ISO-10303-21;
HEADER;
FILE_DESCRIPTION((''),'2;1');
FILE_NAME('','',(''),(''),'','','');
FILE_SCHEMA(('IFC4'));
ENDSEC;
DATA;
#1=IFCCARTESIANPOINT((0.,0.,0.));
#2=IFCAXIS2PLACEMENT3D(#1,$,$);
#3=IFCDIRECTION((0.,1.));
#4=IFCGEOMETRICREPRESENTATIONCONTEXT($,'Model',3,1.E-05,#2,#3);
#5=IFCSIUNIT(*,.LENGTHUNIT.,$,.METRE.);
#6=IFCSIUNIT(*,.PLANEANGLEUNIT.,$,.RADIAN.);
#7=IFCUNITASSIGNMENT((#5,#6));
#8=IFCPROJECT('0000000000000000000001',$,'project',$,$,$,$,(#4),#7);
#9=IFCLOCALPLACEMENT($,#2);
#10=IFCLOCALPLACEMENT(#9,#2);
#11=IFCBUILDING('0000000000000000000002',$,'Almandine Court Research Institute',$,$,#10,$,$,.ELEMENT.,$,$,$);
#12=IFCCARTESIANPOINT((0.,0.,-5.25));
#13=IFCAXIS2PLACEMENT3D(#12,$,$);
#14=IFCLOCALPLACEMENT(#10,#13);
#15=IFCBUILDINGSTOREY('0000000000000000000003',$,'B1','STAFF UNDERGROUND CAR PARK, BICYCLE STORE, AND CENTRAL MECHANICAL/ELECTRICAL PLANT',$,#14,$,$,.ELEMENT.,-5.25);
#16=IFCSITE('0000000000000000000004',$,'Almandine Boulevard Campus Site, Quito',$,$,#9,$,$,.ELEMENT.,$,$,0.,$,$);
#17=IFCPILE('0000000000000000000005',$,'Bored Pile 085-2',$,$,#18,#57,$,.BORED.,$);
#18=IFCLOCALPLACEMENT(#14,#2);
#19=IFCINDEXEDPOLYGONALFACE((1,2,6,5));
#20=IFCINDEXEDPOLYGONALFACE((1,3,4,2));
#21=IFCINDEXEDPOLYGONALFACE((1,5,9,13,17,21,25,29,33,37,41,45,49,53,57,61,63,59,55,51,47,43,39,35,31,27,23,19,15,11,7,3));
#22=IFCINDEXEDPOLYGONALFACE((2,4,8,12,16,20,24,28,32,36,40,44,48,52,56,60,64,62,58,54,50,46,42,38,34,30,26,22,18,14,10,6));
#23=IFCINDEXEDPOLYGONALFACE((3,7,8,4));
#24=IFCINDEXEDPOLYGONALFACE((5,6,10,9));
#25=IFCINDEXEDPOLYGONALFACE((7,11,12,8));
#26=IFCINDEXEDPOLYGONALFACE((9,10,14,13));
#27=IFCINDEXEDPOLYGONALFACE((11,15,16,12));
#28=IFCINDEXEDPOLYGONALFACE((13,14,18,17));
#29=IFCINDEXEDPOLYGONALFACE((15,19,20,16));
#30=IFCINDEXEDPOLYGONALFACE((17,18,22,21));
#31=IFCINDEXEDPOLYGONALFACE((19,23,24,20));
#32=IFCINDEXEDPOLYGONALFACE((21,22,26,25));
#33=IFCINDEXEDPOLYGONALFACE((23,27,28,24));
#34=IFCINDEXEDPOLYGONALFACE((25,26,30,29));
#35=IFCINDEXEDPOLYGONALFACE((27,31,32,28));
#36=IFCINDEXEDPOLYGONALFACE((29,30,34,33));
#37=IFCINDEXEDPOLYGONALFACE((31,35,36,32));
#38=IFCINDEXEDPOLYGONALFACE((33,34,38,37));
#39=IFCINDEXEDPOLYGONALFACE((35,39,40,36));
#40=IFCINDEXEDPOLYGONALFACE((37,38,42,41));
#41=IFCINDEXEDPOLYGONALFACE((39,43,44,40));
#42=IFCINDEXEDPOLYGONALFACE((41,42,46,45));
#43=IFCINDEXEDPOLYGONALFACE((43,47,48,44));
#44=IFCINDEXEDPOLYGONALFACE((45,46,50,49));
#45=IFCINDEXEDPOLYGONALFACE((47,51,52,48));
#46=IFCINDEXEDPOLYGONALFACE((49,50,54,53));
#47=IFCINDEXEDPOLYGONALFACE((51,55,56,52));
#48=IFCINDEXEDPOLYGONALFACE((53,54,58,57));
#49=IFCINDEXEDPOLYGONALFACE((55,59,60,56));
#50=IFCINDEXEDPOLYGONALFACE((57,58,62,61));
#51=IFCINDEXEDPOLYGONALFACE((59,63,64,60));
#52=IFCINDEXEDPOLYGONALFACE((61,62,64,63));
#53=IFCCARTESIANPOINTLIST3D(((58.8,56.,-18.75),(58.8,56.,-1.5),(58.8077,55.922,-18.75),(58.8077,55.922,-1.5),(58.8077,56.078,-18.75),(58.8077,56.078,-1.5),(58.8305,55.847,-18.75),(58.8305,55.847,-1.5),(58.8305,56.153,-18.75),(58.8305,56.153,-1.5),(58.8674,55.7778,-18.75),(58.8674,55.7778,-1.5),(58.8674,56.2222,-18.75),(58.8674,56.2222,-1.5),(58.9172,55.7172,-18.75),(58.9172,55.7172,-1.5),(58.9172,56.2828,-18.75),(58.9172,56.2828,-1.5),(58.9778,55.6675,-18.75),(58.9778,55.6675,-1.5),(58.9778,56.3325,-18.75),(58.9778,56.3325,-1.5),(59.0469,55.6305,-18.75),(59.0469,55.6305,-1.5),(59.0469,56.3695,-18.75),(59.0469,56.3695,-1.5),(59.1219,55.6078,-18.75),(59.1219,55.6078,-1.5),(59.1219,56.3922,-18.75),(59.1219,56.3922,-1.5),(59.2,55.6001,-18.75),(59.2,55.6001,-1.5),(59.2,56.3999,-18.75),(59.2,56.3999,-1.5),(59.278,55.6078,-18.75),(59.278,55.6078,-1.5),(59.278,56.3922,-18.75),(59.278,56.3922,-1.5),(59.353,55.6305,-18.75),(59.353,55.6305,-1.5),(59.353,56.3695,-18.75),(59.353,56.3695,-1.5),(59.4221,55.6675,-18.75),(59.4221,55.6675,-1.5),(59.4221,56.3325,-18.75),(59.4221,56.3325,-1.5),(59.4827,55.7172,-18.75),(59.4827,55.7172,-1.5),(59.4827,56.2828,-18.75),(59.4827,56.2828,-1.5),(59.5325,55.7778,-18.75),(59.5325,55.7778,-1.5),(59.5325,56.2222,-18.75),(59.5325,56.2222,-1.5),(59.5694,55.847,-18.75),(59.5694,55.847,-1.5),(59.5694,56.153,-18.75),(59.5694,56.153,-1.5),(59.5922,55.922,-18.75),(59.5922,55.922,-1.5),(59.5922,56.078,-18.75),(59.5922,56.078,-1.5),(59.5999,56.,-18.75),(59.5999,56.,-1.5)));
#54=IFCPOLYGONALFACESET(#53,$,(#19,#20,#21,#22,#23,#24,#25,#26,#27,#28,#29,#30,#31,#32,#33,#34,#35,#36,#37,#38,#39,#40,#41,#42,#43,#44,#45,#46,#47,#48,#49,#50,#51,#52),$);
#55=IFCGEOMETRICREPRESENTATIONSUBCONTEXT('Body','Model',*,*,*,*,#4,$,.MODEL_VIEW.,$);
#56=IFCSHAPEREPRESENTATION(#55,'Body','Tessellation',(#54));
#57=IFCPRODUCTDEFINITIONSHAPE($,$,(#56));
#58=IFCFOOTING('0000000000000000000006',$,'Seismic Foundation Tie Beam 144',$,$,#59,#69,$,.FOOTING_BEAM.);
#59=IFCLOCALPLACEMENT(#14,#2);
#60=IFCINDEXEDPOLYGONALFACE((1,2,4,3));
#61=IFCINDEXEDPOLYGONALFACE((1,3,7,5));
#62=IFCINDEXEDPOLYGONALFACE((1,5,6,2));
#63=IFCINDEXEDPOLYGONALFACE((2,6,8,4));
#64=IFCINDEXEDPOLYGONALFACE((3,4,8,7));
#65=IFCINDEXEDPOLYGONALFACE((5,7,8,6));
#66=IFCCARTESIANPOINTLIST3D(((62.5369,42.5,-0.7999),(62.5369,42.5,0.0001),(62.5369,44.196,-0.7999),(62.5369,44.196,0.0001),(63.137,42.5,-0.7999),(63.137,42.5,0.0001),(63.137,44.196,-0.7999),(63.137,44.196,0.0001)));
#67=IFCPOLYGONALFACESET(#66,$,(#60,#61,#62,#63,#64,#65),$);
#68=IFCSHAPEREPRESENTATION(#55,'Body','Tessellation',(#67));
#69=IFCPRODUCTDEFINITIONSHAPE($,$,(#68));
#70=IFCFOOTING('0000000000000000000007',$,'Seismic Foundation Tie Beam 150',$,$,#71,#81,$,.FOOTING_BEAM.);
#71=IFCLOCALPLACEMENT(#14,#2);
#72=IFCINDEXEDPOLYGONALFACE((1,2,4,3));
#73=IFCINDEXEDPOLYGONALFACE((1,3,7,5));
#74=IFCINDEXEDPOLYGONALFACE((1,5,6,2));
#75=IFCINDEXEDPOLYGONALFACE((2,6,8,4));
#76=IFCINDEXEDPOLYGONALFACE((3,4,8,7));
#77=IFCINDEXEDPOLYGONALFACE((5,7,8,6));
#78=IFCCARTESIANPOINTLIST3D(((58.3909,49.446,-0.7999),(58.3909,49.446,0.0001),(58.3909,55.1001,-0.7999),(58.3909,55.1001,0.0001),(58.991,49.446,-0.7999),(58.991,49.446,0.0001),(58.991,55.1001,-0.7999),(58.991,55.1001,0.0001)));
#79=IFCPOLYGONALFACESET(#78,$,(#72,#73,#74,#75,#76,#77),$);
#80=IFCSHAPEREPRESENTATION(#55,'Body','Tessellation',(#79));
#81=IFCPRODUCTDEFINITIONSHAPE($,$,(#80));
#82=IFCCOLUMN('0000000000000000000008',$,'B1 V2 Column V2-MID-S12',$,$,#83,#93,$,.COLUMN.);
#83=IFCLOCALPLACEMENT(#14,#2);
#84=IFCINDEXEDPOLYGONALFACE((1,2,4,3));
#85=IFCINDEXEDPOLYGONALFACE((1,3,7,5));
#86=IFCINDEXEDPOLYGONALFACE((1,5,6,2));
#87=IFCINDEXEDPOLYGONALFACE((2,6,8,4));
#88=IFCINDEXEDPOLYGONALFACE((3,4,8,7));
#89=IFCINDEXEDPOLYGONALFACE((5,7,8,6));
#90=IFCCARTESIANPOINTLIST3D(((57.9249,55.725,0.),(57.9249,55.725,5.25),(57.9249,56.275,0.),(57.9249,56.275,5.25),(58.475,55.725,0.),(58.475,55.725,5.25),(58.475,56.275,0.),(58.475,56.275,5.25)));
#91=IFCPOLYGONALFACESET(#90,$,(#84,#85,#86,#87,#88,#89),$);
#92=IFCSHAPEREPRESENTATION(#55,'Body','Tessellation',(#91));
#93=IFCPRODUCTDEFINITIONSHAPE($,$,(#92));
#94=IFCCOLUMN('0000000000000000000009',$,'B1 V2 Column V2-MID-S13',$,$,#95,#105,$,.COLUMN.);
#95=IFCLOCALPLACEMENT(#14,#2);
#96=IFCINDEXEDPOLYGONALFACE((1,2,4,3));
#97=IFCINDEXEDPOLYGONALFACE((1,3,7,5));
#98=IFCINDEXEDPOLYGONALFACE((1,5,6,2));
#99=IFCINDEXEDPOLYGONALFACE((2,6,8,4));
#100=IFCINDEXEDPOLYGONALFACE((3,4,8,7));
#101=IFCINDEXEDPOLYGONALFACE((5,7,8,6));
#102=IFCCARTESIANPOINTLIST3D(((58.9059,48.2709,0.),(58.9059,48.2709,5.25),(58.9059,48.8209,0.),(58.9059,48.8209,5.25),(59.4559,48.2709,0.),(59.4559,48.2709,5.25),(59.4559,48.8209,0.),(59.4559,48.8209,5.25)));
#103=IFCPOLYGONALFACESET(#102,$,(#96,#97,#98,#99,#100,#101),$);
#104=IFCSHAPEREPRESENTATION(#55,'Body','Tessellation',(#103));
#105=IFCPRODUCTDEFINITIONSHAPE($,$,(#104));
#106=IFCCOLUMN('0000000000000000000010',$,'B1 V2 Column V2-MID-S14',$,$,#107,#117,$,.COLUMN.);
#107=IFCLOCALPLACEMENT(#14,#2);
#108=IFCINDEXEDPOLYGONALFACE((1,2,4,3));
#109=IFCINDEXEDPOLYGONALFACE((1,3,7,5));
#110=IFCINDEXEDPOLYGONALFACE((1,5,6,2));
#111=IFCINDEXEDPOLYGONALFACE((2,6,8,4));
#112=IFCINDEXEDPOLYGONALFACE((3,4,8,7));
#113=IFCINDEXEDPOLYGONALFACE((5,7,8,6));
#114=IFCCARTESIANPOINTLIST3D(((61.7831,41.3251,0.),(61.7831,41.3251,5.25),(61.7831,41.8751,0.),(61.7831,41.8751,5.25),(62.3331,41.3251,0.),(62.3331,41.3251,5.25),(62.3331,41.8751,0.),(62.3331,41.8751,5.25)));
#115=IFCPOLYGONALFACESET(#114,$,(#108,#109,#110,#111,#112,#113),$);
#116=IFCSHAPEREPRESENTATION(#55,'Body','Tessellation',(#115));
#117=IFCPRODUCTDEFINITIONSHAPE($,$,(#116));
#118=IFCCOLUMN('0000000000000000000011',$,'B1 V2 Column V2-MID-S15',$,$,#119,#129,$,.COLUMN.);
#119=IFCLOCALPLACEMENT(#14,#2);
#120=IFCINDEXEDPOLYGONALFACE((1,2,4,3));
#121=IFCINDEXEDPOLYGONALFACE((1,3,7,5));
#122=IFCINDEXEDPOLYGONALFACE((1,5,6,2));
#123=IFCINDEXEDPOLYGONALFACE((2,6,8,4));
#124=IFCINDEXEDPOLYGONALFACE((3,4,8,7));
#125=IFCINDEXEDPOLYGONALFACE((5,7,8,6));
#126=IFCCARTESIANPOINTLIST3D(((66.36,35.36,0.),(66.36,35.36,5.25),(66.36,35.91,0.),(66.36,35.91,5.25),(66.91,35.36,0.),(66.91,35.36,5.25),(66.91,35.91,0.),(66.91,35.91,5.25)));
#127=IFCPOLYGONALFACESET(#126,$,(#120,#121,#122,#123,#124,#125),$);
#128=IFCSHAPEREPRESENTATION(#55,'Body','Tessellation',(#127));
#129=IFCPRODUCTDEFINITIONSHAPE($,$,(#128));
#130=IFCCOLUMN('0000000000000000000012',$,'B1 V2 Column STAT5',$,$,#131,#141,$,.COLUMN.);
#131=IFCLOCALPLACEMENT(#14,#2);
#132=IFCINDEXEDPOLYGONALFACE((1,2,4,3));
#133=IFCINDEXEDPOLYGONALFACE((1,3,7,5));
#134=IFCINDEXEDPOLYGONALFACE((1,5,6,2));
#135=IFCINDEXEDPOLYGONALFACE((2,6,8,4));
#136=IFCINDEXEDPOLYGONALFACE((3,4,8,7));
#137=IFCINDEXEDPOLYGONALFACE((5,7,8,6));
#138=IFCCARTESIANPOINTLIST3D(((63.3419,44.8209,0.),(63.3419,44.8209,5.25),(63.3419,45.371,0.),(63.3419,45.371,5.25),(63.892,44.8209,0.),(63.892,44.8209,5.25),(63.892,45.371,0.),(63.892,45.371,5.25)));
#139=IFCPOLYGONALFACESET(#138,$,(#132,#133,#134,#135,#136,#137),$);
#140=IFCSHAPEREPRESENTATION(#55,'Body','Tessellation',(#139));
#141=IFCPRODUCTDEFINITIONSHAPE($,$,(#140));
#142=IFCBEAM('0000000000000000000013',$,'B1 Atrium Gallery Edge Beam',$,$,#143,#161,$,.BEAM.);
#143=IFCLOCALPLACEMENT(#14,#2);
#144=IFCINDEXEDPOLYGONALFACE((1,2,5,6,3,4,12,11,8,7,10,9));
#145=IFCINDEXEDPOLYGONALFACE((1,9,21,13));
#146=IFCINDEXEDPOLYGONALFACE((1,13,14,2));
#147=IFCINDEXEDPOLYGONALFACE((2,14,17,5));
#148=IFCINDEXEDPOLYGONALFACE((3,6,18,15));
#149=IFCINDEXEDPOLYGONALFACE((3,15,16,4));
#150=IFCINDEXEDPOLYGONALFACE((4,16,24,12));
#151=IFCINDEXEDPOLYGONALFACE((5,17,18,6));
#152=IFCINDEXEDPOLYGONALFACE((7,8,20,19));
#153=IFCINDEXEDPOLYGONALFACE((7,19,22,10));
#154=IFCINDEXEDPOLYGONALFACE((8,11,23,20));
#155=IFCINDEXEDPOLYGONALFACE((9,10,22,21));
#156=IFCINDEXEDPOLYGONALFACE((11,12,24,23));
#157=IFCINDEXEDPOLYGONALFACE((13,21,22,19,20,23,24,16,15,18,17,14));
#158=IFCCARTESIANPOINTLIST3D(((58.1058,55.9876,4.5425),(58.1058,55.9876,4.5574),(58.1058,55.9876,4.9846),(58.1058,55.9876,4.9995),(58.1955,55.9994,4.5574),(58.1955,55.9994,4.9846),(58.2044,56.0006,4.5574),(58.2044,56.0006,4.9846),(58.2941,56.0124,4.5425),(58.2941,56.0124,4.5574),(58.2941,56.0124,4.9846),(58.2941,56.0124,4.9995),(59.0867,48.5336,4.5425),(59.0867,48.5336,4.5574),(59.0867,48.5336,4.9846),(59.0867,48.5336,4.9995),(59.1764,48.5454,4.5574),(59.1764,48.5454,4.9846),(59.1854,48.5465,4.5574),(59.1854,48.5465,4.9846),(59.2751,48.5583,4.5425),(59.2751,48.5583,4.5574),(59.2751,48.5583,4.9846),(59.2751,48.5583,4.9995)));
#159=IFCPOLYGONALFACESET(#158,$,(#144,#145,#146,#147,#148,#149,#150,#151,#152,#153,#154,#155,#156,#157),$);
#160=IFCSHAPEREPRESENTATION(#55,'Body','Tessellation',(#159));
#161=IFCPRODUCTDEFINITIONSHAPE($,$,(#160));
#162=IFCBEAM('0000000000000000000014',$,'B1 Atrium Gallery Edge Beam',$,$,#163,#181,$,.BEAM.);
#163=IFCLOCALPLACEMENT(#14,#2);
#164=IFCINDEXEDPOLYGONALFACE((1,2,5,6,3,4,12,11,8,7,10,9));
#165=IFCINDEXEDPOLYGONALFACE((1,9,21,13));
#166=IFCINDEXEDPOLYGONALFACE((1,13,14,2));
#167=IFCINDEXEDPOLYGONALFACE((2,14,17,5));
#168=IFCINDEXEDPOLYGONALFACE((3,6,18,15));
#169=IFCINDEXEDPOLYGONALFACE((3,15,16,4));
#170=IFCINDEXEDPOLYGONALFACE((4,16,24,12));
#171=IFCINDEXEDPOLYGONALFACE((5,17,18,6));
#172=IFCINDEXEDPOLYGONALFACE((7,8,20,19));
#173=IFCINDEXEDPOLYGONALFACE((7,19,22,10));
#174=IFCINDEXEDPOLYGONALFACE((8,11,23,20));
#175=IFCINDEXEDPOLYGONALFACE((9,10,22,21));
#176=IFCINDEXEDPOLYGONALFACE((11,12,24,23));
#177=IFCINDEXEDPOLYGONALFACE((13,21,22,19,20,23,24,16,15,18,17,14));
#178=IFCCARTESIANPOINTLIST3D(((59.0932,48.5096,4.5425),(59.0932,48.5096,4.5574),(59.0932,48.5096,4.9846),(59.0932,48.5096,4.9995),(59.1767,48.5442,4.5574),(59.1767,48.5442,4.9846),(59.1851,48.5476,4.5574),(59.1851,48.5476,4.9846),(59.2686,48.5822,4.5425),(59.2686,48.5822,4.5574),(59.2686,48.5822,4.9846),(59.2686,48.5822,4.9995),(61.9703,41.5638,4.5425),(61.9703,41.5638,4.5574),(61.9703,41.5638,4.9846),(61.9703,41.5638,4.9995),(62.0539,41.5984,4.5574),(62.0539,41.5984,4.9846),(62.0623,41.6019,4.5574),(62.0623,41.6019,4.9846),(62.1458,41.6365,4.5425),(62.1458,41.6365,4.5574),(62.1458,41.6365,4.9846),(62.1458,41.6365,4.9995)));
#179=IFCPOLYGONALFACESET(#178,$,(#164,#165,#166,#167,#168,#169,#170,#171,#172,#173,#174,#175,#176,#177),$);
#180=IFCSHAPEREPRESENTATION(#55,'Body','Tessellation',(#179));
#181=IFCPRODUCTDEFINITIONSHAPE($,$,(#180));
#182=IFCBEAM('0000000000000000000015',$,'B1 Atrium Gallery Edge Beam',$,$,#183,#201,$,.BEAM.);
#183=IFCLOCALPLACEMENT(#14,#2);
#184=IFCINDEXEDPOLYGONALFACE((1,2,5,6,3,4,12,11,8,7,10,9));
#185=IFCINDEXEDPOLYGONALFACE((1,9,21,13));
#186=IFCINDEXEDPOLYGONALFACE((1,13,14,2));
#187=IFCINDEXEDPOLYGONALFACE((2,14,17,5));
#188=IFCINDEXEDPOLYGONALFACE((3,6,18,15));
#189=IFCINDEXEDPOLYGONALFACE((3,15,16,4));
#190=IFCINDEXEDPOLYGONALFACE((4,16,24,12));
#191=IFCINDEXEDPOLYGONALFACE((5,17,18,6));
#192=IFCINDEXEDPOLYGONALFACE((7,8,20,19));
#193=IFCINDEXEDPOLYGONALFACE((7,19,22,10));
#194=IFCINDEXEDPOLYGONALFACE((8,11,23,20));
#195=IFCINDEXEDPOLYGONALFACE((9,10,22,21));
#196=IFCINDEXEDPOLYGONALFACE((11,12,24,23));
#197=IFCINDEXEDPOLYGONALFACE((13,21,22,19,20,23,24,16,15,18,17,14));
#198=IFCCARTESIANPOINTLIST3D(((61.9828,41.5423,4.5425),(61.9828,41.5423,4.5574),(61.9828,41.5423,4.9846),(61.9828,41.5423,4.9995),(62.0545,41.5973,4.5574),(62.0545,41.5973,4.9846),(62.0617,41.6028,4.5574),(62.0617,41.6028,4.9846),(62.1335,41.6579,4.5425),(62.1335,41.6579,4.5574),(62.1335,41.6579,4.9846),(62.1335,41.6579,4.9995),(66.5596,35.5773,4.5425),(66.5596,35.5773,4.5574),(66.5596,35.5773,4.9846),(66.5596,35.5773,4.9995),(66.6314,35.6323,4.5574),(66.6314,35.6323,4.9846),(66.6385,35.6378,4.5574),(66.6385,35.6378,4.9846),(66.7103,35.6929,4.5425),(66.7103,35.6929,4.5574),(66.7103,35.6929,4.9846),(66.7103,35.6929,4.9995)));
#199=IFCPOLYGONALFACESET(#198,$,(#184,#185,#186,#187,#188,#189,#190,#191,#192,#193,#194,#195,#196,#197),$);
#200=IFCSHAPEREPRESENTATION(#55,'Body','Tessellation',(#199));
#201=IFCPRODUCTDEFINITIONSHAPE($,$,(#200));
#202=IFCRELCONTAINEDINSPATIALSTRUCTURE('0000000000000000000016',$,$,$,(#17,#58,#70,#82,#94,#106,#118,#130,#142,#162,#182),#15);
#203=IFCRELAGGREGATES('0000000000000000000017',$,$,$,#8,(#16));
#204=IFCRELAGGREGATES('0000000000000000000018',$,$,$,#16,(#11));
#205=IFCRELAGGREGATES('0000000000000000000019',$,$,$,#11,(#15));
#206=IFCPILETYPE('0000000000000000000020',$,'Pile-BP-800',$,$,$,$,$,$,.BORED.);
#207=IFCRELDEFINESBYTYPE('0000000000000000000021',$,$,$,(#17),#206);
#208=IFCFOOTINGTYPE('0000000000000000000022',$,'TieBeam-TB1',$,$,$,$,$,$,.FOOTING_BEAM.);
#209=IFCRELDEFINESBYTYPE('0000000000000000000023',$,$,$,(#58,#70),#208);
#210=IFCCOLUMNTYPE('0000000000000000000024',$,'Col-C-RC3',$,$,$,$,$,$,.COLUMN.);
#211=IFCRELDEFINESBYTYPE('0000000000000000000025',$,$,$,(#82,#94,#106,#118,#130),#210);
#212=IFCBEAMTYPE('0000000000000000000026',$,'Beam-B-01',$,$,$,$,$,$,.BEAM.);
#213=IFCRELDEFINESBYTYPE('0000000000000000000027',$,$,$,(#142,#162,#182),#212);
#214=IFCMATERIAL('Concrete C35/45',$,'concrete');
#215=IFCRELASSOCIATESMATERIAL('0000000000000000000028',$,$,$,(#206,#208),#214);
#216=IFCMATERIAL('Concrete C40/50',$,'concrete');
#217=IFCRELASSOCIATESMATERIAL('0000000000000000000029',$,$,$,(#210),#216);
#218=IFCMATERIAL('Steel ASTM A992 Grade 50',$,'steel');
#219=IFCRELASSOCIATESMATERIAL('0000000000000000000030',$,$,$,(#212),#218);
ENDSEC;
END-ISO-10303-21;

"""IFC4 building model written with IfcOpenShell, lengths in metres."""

from ifc_helpers import new_model, si_unit, direction, frame, origin, origin_2d, place, context, subcontext, project, spatial, rectangle, circle, i_section, extrude, material, material_profile, profile_set, type_object, element, save


model = new_model("IFC4")

# Units and contexts
model_context = context("Model", 3, precision=1e-05, world=origin(), true_north=direction((0.0, 1.0)))
body_context = subcontext(model_context, "Body", "Model", "MODEL_VIEW")
ifc_project = project(units=[si_unit("LENGTHUNIT", "METRE"), si_unit("PLANEANGLEUNIT", "RADIAN")], contexts=[model_context])

# Site, building, storey
site_placement = place(None, origin())
site = spatial("IfcSite", under=ifc_project, at=site_placement, Name="Almandine Boulevard Campus Site, Quito", CompositionType="ELEMENT", RefElevation=0.0)
building_placement = place(site_placement, origin())
building = spatial("IfcBuilding", under=site, at=building_placement, Name="Almandine Court Research Institute", CompositionType="ELEMENT")
storey_placement = place(building_placement, frame((0.0, 0.0, -5.25)))
storey = spatial("IfcBuildingStorey", under=building, at=storey_placement, Name="B1", Description="STAFF UNDERGROUND CAR PARK, BICYCLE STORE, AND CENTRAL MECHANICAL/ELECTRICAL PLANT", CompositionType="ELEMENT", Elevation=-5.25)

# Shared definitions
ifc_material_1 = material(Name="Concrete C35/45", Category="concrete")

# Pile
ifc_material_profile_1 = material_profile(ifc_material_1, circle(Radius=0.3999, at=origin_2d()), Name="BORED PILE D800")
ifc_profile_set_1 = profile_set([ifc_material_profile_1], Name="Concrete C35/45")
pile_type = type_object("IfcPileType", Name="Pile-BP-800", PredefinedType="BORED", material=ifc_profile_set_1)
for number, where, z_axis, x_axis, name in (
    (1, (59.2, 56.0, -1.5), (0.0, 0.0, -1.0), (1.0, 0.0, 0.0), "Bored Pile 085-2"),
):
    element("IfcPile", number, at=place(storey_placement, frame(where, z_axis=z_axis, x_axis=x_axis)), inside=storey, type_object=pile_type, Name=name, PredefinedType="BORED", context=body_context, shape_type="SweptSolid", body=[
        extrude(circle(Radius=0.3999, at=origin_2d()), origin(), (0.0, 0.0, 1.0), 17.25),
    ])

# Footings
ifc_material_profile_2 = material_profile(ifc_material_1, rectangle(XDim=0.6001, YDim=0.8, at=origin_2d()), Name="RC TIE 600x800")
ifc_profile_set_2 = profile_set([ifc_material_profile_2], Name="Concrete C35/45")
footing_type_1 = type_object("IfcFootingType", Name="TieBeam-TB1", PredefinedType="FOOTING_BEAM", material=ifc_profile_set_2)
footing_1_placement = place(storey_placement, frame((62.8369, 42.5, -0.3999), z_axis=(0.0, 1.0, 0.0), x_axis=(-1.0, 0.0, 0.0)))
element("IfcFooting", 2, at=footing_1_placement, inside=storey, type_object=footing_type_1, Name="Seismic Foundation Tie Beam 144", PredefinedType="FOOTING_BEAM", context=body_context, shape_type="SweptSolid", body=[
    extrude(rectangle(XDim=0.6001, YDim=0.8, at=origin_2d()), origin(), (0.0, 0.0, 1.0), 1.696),
])
footing_2_placement = place(storey_placement, frame((58.6909, 49.446, -0.3999), z_axis=(0.0, 1.0, 0.0), x_axis=(-1.0, 0.0, 0.0)))
element("IfcFooting", 3, at=footing_2_placement, inside=storey, type_object=footing_type_1, Name="Seismic Foundation Tie Beam 150", PredefinedType="FOOTING_BEAM", context=body_context, shape_type="SweptSolid", body=[
    extrude(rectangle(XDim=0.6001, YDim=0.8, at=origin_2d()), origin(), (0.0, 0.0, 1.0), 5.6541),
])

# Columns
ifc_material_2 = material(Name="Concrete C40/50", Category="concrete")
ifc_material_profile_3 = material_profile(ifc_material_2, rectangle(XDim=0.55, YDim=0.55, at=origin_2d()), Name="RC 550x550")
ifc_profile_set_3 = profile_set([ifc_material_profile_3], Name="Concrete C40/50")
column_type = type_object("IfcColumnType", Name="Col-C-RC3", PredefinedType="COLUMN", material=ifc_profile_set_3)
for number, where, z_axis, x_axis, name in (
    (4, (58.2, 56.0, 0.0), (0.0, 0.0, 1.0), (1.0, 0.0, 0.0), "B1 V2 Column V2-MID-S12"),
    (5, (59.1809, 48.5459, 0.0), (0.0, 0.0, 1.0), (1.0, 0.0, 0.0), "B1 V2 Column V2-MID-S13"),
    (6, (62.0581, 41.6001, 0.0), (0.0, 0.0, 1.0), (1.0, 0.0, 0.0), "B1 V2 Column V2-MID-S14"),
    (7, (66.635, 35.635, 0.0), (0.0, 0.0, 1.0), (1.0, 0.0, 0.0), "B1 V2 Column V2-MID-S15"),
    (8, (63.6169, 45.0959, 0.0), (0.0, 0.0, 1.0), (1.0, 0.0, 0.0), "B1 V2 Column STAT5"),
):
    element("IfcColumn", number, at=place(storey_placement, frame(where, z_axis=z_axis, x_axis=x_axis)), inside=storey, type_object=column_type, Name=name, PredefinedType="COLUMN", context=body_context, shape_type="SweptSolid", body=[
        extrude(rectangle(XDim=0.55, YDim=0.55, at=origin_2d()), origin(), (0.0, 0.0, 1.0), 5.25),
    ])

# Beams
ifc_material_3 = material(Name="Steel ASTM A992 Grade 50", Category="steel")
ifc_material_profile_4 = material_profile(ifc_material_3, i_section(OverallWidth=0.1899, OverallDepth=0.457, WebThickness=0.009, FlangeThickness=0.0149, at=origin_2d()), Name="W460x74")
ifc_profile_set_4 = profile_set([ifc_material_profile_4], Name="Steel ASTM A992 Grade 50")
beam_type_1 = type_object("IfcBeamType", Name="Beam-B-01", PredefinedType="BEAM", material=ifc_profile_set_4)
beam_1_placement = place(storey_placement, frame((58.2, 56.0, 4.771), z_axis=(0.130475, -0.991452, 0.0), x_axis=(0.991452, 0.130475, 0.0)))
element("IfcBeam", 9, at=beam_1_placement, inside=storey, type_object=beam_type_1, Name="B1 Atrium Gallery Edge Beam", PredefinedType="BEAM", context=body_context, shape_type="SweptSolid", body=[
    extrude(i_section(OverallWidth=0.1899, OverallDepth=0.457, WebThickness=0.009, FlangeThickness=0.0149, at=origin_2d()), origin(), (0.0, 0.0, 1.0), 7.5183),
])
beam_2_placement = place(storey_placement, frame((59.1809, 48.5459, 4.771), z_axis=(0.382701, -0.923872, 0.0), x_axis=(0.923872, 0.382701, 0.0)))
element("IfcBeam", 10, at=beam_2_placement, inside=storey, type_object=beam_type_1, Name="B1 Atrium Gallery Edge Beam", PredefinedType="BEAM", context=body_context, shape_type="SweptSolid", body=[
    extrude(i_section(OverallWidth=0.1899, OverallDepth=0.457, WebThickness=0.009, FlangeThickness=0.0149, at=origin_2d()), origin(), (0.0, 0.0, 1.0), 7.5181),
])
for number, where, z_axis, x_axis, name in (
    (11, (62.0581, 41.6001, 4.771), (0.608739, -0.793371, 0.0), (0.793371, 0.608739, 0.0), "B1 Atrium Gallery Edge Beam"),
):
    element("IfcBeam", number, at=place(storey_placement, frame(where, z_axis=z_axis, x_axis=x_axis)), inside=storey, type_object=beam_type_1, Name=name, PredefinedType="BEAM", context=body_context, shape_type="SweptSolid", body=[
        extrude(i_section(OverallWidth=0.1899, OverallDepth=0.457, WebThickness=0.009, FlangeThickness=0.0149, at=origin_2d()), origin(), (0.0, 0.0, 1.0), 7.5186),
    ])

save(model, "model.ifc")
